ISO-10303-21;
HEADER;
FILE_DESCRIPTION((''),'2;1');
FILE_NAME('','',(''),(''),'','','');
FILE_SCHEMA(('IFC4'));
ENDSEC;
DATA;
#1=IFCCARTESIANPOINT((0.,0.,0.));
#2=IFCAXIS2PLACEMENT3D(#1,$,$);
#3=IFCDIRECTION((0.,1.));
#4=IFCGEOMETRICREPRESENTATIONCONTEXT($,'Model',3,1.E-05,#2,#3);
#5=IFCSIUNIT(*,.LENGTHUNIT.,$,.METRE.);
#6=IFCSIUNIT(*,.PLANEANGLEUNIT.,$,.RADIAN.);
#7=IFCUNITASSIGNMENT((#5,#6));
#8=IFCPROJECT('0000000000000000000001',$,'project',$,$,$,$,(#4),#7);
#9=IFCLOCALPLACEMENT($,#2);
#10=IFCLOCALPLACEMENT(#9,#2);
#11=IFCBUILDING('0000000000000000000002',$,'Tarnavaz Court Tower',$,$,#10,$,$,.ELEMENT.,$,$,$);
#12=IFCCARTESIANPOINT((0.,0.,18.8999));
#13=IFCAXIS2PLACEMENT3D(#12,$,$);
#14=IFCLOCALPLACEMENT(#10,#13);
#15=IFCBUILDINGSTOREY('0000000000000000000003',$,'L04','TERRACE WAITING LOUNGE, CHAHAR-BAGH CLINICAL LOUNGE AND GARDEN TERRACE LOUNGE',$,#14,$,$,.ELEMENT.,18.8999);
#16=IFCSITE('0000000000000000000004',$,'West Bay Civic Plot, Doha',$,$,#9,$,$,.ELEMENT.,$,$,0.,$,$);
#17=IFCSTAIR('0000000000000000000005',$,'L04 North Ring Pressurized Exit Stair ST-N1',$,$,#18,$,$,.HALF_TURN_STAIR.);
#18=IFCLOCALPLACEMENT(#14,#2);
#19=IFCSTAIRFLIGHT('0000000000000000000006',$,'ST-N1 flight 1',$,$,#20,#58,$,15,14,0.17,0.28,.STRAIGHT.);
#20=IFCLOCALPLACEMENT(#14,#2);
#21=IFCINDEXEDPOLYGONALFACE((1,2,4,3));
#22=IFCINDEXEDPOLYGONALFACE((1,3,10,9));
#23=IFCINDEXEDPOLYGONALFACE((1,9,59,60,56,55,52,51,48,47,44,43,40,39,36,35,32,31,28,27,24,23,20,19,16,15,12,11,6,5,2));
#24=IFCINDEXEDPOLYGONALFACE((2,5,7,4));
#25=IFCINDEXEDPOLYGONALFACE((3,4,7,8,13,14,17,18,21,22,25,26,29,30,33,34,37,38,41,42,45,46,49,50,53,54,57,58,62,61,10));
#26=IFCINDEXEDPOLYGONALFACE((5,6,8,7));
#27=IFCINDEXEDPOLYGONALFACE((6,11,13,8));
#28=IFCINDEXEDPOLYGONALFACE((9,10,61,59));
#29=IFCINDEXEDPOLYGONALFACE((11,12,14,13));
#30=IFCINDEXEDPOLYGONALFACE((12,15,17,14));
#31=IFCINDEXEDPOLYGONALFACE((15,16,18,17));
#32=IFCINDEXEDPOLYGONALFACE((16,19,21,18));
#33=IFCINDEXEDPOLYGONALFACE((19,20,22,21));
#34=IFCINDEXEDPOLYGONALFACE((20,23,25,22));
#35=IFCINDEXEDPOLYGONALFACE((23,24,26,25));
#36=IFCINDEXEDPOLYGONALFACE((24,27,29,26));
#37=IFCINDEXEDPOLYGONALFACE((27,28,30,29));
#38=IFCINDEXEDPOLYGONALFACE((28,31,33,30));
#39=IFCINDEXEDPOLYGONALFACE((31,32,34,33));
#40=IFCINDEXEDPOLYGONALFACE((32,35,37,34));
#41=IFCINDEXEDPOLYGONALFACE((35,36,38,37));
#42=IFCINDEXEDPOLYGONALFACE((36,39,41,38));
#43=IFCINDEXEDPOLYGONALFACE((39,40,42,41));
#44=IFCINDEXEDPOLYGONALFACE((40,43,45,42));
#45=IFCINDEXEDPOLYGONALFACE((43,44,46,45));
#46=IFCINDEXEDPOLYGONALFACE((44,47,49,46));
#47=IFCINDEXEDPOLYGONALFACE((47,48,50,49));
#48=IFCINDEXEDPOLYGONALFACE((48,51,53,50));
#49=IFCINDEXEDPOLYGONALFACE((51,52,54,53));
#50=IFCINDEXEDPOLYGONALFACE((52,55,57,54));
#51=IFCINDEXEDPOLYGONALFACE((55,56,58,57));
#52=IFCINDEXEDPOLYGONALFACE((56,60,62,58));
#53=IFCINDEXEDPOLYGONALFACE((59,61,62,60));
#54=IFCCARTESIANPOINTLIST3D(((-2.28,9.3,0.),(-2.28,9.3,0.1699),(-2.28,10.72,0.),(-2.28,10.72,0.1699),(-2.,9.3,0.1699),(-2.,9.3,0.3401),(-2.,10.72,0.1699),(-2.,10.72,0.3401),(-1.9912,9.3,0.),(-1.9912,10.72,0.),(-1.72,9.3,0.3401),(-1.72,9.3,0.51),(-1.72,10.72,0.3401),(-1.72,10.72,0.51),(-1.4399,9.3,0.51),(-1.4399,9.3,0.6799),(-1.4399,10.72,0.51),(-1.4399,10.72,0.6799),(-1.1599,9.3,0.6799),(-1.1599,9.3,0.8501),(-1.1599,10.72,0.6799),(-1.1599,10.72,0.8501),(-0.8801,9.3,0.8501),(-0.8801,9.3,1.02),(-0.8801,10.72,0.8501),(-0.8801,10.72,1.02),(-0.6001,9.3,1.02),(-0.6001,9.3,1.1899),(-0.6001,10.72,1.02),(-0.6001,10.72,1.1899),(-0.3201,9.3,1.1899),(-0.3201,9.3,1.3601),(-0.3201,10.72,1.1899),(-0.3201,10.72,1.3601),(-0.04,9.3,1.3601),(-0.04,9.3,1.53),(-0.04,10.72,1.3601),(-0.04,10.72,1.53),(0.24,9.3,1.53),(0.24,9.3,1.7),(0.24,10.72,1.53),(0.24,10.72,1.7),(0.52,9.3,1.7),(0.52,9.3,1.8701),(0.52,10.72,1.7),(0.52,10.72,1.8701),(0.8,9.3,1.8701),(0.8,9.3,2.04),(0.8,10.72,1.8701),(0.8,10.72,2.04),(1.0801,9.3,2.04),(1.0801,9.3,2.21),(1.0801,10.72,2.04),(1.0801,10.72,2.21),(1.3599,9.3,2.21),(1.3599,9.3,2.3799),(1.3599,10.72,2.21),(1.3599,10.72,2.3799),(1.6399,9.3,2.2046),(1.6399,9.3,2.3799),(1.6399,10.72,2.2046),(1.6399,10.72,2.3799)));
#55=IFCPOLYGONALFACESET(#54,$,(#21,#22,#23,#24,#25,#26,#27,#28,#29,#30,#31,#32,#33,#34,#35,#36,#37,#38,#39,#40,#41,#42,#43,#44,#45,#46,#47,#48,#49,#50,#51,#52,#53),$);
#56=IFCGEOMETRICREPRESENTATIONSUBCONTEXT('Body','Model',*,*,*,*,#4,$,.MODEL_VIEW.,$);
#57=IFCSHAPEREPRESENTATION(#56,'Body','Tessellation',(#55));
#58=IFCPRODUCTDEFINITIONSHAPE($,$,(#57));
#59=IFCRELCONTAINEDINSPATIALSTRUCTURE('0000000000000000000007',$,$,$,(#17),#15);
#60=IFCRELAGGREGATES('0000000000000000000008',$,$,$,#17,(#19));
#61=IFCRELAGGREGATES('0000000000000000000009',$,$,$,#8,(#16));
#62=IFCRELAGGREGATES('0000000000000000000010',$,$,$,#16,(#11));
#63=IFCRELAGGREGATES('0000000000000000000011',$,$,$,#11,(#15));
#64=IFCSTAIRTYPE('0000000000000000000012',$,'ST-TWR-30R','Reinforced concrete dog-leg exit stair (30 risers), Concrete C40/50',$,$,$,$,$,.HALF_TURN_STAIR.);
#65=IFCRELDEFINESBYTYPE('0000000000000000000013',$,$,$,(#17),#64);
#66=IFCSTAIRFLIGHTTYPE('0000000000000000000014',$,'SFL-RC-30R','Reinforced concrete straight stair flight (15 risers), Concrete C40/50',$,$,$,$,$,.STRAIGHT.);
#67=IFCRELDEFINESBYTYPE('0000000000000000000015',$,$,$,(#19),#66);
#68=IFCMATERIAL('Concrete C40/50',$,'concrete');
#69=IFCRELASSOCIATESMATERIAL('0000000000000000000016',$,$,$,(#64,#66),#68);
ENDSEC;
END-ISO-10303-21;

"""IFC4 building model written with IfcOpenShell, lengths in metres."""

from ifc_helpers import new_model, si_unit, direction, frame, origin, place, context, subcontext, project, spatial, polyline, outline, extrude, material, type_object, element, aggregate, save


model = new_model("IFC4")

# Units and contexts
model_context = context("Model", 3, precision=1e-05, world=origin(), true_north=direction((0.0, 1.0)))
body_context = subcontext(model_context, "Body", "Model", "MODEL_VIEW")
ifc_project = project(units=[si_unit("LENGTHUNIT", "METRE"), si_unit("PLANEANGLEUNIT", "RADIAN")], contexts=[model_context])

# Site, building, storey
site_placement = place(None, origin())
site = spatial("IfcSite", under=ifc_project, at=site_placement, Name="West Bay Civic Plot, Doha", CompositionType="ELEMENT", RefElevation=0.0)
building_placement = place(site_placement, origin())
building = spatial("IfcBuilding", under=site, at=building_placement, Name="Tarnavaz Court Tower", CompositionType="ELEMENT")
storey_placement = place(building_placement, frame((0.0, 0.0, 18.8999)))
storey = spatial("IfcBuildingStorey", under=building, at=storey_placement, Name="L04", Description="TERRACE WAITING LOUNGE, CHAHAR-BAGH CLINICAL LOUNGE AND GARDEN TERRACE LOUNGE", CompositionType="ELEMENT", Elevation=18.8999)

# Stair, stair flight
ifc_material_1 = material(Name="Concrete C40/50", Category="concrete")
stair_type = type_object("IfcStairType", Name="ST-TWR-30R", Description="Reinforced concrete dog-leg exit stair (30 risers), Concrete C40/50", PredefinedType="HALF_TURN_STAIR", material=ifc_material_1)
stair_placement = place(storey_placement, origin())
stair = element("IfcStair", 1, at=stair_placement, inside=storey, type_object=stair_type, Name="L04 North Ring Pressurized Exit Stair ST-N1", PredefinedType="HALF_TURN_STAIR")
stair_flight_type = type_object("IfcStairFlightType", Name="SFL-RC-30R", Description="Reinforced concrete straight stair flight (15 risers), Concrete C40/50", PredefinedType="STRAIGHT", material=ifc_material_1)
stair_flight_placement = place(storey_placement, frame((-2.28, 10.01, 0.0), z_axis=(0.0, 0.0, 1.0), x_axis=(1.0, 0.0, 0.0)))
stair_flight = element("IfcStairFlight", 2, at=stair_flight_placement, type_object=stair_flight_type, Name="ST-N1 flight 1", NumberOfRisers=15, NumberOfTreads=14, PredefinedType="STRAIGHT", RiserHeight=0.17, TreadLength=0.28, context=body_context, shape_type="SweptSolid", body=[
    extrude(outline(polyline([(0.0, 0.0), (0.0, 0.1699), (0.28, 0.1699), (0.28, 0.3401), (0.5601, 0.3401), (0.5601, 0.51), (0.8401, 0.51), (0.8401, 0.6799), (1.1201, 0.6799), (1.1201, 0.8501), (1.3999, 0.8501), (1.3999, 1.02), (1.6799, 1.02), (1.6799, 1.1899), (1.96, 1.1899), (1.96, 1.3601), (2.24, 1.3601), (2.24, 1.53), (2.52, 1.53), (2.52, 1.7), (2.8, 1.7), (2.8, 1.8701), (3.0801, 1.8701), (3.0801, 2.04), (3.3601, 2.04), (3.3601, 2.21), (3.6399, 2.21), (3.6399, 2.3799), (3.9199, 2.3799), (3.9199, 2.55), (3.9199, 2.2046), (0.2888, 0.0), (0.0, 0.0)])), frame((0.0, 0.71, 0.0), z_axis=(0.0, -1.0, 0.0), x_axis=(1.0, 0.0, 0.0)), (0.0, 0.0, 1.0), 1.4199),
])
aggregate(stair, [stair_flight])

save(model, "model.ifc")
